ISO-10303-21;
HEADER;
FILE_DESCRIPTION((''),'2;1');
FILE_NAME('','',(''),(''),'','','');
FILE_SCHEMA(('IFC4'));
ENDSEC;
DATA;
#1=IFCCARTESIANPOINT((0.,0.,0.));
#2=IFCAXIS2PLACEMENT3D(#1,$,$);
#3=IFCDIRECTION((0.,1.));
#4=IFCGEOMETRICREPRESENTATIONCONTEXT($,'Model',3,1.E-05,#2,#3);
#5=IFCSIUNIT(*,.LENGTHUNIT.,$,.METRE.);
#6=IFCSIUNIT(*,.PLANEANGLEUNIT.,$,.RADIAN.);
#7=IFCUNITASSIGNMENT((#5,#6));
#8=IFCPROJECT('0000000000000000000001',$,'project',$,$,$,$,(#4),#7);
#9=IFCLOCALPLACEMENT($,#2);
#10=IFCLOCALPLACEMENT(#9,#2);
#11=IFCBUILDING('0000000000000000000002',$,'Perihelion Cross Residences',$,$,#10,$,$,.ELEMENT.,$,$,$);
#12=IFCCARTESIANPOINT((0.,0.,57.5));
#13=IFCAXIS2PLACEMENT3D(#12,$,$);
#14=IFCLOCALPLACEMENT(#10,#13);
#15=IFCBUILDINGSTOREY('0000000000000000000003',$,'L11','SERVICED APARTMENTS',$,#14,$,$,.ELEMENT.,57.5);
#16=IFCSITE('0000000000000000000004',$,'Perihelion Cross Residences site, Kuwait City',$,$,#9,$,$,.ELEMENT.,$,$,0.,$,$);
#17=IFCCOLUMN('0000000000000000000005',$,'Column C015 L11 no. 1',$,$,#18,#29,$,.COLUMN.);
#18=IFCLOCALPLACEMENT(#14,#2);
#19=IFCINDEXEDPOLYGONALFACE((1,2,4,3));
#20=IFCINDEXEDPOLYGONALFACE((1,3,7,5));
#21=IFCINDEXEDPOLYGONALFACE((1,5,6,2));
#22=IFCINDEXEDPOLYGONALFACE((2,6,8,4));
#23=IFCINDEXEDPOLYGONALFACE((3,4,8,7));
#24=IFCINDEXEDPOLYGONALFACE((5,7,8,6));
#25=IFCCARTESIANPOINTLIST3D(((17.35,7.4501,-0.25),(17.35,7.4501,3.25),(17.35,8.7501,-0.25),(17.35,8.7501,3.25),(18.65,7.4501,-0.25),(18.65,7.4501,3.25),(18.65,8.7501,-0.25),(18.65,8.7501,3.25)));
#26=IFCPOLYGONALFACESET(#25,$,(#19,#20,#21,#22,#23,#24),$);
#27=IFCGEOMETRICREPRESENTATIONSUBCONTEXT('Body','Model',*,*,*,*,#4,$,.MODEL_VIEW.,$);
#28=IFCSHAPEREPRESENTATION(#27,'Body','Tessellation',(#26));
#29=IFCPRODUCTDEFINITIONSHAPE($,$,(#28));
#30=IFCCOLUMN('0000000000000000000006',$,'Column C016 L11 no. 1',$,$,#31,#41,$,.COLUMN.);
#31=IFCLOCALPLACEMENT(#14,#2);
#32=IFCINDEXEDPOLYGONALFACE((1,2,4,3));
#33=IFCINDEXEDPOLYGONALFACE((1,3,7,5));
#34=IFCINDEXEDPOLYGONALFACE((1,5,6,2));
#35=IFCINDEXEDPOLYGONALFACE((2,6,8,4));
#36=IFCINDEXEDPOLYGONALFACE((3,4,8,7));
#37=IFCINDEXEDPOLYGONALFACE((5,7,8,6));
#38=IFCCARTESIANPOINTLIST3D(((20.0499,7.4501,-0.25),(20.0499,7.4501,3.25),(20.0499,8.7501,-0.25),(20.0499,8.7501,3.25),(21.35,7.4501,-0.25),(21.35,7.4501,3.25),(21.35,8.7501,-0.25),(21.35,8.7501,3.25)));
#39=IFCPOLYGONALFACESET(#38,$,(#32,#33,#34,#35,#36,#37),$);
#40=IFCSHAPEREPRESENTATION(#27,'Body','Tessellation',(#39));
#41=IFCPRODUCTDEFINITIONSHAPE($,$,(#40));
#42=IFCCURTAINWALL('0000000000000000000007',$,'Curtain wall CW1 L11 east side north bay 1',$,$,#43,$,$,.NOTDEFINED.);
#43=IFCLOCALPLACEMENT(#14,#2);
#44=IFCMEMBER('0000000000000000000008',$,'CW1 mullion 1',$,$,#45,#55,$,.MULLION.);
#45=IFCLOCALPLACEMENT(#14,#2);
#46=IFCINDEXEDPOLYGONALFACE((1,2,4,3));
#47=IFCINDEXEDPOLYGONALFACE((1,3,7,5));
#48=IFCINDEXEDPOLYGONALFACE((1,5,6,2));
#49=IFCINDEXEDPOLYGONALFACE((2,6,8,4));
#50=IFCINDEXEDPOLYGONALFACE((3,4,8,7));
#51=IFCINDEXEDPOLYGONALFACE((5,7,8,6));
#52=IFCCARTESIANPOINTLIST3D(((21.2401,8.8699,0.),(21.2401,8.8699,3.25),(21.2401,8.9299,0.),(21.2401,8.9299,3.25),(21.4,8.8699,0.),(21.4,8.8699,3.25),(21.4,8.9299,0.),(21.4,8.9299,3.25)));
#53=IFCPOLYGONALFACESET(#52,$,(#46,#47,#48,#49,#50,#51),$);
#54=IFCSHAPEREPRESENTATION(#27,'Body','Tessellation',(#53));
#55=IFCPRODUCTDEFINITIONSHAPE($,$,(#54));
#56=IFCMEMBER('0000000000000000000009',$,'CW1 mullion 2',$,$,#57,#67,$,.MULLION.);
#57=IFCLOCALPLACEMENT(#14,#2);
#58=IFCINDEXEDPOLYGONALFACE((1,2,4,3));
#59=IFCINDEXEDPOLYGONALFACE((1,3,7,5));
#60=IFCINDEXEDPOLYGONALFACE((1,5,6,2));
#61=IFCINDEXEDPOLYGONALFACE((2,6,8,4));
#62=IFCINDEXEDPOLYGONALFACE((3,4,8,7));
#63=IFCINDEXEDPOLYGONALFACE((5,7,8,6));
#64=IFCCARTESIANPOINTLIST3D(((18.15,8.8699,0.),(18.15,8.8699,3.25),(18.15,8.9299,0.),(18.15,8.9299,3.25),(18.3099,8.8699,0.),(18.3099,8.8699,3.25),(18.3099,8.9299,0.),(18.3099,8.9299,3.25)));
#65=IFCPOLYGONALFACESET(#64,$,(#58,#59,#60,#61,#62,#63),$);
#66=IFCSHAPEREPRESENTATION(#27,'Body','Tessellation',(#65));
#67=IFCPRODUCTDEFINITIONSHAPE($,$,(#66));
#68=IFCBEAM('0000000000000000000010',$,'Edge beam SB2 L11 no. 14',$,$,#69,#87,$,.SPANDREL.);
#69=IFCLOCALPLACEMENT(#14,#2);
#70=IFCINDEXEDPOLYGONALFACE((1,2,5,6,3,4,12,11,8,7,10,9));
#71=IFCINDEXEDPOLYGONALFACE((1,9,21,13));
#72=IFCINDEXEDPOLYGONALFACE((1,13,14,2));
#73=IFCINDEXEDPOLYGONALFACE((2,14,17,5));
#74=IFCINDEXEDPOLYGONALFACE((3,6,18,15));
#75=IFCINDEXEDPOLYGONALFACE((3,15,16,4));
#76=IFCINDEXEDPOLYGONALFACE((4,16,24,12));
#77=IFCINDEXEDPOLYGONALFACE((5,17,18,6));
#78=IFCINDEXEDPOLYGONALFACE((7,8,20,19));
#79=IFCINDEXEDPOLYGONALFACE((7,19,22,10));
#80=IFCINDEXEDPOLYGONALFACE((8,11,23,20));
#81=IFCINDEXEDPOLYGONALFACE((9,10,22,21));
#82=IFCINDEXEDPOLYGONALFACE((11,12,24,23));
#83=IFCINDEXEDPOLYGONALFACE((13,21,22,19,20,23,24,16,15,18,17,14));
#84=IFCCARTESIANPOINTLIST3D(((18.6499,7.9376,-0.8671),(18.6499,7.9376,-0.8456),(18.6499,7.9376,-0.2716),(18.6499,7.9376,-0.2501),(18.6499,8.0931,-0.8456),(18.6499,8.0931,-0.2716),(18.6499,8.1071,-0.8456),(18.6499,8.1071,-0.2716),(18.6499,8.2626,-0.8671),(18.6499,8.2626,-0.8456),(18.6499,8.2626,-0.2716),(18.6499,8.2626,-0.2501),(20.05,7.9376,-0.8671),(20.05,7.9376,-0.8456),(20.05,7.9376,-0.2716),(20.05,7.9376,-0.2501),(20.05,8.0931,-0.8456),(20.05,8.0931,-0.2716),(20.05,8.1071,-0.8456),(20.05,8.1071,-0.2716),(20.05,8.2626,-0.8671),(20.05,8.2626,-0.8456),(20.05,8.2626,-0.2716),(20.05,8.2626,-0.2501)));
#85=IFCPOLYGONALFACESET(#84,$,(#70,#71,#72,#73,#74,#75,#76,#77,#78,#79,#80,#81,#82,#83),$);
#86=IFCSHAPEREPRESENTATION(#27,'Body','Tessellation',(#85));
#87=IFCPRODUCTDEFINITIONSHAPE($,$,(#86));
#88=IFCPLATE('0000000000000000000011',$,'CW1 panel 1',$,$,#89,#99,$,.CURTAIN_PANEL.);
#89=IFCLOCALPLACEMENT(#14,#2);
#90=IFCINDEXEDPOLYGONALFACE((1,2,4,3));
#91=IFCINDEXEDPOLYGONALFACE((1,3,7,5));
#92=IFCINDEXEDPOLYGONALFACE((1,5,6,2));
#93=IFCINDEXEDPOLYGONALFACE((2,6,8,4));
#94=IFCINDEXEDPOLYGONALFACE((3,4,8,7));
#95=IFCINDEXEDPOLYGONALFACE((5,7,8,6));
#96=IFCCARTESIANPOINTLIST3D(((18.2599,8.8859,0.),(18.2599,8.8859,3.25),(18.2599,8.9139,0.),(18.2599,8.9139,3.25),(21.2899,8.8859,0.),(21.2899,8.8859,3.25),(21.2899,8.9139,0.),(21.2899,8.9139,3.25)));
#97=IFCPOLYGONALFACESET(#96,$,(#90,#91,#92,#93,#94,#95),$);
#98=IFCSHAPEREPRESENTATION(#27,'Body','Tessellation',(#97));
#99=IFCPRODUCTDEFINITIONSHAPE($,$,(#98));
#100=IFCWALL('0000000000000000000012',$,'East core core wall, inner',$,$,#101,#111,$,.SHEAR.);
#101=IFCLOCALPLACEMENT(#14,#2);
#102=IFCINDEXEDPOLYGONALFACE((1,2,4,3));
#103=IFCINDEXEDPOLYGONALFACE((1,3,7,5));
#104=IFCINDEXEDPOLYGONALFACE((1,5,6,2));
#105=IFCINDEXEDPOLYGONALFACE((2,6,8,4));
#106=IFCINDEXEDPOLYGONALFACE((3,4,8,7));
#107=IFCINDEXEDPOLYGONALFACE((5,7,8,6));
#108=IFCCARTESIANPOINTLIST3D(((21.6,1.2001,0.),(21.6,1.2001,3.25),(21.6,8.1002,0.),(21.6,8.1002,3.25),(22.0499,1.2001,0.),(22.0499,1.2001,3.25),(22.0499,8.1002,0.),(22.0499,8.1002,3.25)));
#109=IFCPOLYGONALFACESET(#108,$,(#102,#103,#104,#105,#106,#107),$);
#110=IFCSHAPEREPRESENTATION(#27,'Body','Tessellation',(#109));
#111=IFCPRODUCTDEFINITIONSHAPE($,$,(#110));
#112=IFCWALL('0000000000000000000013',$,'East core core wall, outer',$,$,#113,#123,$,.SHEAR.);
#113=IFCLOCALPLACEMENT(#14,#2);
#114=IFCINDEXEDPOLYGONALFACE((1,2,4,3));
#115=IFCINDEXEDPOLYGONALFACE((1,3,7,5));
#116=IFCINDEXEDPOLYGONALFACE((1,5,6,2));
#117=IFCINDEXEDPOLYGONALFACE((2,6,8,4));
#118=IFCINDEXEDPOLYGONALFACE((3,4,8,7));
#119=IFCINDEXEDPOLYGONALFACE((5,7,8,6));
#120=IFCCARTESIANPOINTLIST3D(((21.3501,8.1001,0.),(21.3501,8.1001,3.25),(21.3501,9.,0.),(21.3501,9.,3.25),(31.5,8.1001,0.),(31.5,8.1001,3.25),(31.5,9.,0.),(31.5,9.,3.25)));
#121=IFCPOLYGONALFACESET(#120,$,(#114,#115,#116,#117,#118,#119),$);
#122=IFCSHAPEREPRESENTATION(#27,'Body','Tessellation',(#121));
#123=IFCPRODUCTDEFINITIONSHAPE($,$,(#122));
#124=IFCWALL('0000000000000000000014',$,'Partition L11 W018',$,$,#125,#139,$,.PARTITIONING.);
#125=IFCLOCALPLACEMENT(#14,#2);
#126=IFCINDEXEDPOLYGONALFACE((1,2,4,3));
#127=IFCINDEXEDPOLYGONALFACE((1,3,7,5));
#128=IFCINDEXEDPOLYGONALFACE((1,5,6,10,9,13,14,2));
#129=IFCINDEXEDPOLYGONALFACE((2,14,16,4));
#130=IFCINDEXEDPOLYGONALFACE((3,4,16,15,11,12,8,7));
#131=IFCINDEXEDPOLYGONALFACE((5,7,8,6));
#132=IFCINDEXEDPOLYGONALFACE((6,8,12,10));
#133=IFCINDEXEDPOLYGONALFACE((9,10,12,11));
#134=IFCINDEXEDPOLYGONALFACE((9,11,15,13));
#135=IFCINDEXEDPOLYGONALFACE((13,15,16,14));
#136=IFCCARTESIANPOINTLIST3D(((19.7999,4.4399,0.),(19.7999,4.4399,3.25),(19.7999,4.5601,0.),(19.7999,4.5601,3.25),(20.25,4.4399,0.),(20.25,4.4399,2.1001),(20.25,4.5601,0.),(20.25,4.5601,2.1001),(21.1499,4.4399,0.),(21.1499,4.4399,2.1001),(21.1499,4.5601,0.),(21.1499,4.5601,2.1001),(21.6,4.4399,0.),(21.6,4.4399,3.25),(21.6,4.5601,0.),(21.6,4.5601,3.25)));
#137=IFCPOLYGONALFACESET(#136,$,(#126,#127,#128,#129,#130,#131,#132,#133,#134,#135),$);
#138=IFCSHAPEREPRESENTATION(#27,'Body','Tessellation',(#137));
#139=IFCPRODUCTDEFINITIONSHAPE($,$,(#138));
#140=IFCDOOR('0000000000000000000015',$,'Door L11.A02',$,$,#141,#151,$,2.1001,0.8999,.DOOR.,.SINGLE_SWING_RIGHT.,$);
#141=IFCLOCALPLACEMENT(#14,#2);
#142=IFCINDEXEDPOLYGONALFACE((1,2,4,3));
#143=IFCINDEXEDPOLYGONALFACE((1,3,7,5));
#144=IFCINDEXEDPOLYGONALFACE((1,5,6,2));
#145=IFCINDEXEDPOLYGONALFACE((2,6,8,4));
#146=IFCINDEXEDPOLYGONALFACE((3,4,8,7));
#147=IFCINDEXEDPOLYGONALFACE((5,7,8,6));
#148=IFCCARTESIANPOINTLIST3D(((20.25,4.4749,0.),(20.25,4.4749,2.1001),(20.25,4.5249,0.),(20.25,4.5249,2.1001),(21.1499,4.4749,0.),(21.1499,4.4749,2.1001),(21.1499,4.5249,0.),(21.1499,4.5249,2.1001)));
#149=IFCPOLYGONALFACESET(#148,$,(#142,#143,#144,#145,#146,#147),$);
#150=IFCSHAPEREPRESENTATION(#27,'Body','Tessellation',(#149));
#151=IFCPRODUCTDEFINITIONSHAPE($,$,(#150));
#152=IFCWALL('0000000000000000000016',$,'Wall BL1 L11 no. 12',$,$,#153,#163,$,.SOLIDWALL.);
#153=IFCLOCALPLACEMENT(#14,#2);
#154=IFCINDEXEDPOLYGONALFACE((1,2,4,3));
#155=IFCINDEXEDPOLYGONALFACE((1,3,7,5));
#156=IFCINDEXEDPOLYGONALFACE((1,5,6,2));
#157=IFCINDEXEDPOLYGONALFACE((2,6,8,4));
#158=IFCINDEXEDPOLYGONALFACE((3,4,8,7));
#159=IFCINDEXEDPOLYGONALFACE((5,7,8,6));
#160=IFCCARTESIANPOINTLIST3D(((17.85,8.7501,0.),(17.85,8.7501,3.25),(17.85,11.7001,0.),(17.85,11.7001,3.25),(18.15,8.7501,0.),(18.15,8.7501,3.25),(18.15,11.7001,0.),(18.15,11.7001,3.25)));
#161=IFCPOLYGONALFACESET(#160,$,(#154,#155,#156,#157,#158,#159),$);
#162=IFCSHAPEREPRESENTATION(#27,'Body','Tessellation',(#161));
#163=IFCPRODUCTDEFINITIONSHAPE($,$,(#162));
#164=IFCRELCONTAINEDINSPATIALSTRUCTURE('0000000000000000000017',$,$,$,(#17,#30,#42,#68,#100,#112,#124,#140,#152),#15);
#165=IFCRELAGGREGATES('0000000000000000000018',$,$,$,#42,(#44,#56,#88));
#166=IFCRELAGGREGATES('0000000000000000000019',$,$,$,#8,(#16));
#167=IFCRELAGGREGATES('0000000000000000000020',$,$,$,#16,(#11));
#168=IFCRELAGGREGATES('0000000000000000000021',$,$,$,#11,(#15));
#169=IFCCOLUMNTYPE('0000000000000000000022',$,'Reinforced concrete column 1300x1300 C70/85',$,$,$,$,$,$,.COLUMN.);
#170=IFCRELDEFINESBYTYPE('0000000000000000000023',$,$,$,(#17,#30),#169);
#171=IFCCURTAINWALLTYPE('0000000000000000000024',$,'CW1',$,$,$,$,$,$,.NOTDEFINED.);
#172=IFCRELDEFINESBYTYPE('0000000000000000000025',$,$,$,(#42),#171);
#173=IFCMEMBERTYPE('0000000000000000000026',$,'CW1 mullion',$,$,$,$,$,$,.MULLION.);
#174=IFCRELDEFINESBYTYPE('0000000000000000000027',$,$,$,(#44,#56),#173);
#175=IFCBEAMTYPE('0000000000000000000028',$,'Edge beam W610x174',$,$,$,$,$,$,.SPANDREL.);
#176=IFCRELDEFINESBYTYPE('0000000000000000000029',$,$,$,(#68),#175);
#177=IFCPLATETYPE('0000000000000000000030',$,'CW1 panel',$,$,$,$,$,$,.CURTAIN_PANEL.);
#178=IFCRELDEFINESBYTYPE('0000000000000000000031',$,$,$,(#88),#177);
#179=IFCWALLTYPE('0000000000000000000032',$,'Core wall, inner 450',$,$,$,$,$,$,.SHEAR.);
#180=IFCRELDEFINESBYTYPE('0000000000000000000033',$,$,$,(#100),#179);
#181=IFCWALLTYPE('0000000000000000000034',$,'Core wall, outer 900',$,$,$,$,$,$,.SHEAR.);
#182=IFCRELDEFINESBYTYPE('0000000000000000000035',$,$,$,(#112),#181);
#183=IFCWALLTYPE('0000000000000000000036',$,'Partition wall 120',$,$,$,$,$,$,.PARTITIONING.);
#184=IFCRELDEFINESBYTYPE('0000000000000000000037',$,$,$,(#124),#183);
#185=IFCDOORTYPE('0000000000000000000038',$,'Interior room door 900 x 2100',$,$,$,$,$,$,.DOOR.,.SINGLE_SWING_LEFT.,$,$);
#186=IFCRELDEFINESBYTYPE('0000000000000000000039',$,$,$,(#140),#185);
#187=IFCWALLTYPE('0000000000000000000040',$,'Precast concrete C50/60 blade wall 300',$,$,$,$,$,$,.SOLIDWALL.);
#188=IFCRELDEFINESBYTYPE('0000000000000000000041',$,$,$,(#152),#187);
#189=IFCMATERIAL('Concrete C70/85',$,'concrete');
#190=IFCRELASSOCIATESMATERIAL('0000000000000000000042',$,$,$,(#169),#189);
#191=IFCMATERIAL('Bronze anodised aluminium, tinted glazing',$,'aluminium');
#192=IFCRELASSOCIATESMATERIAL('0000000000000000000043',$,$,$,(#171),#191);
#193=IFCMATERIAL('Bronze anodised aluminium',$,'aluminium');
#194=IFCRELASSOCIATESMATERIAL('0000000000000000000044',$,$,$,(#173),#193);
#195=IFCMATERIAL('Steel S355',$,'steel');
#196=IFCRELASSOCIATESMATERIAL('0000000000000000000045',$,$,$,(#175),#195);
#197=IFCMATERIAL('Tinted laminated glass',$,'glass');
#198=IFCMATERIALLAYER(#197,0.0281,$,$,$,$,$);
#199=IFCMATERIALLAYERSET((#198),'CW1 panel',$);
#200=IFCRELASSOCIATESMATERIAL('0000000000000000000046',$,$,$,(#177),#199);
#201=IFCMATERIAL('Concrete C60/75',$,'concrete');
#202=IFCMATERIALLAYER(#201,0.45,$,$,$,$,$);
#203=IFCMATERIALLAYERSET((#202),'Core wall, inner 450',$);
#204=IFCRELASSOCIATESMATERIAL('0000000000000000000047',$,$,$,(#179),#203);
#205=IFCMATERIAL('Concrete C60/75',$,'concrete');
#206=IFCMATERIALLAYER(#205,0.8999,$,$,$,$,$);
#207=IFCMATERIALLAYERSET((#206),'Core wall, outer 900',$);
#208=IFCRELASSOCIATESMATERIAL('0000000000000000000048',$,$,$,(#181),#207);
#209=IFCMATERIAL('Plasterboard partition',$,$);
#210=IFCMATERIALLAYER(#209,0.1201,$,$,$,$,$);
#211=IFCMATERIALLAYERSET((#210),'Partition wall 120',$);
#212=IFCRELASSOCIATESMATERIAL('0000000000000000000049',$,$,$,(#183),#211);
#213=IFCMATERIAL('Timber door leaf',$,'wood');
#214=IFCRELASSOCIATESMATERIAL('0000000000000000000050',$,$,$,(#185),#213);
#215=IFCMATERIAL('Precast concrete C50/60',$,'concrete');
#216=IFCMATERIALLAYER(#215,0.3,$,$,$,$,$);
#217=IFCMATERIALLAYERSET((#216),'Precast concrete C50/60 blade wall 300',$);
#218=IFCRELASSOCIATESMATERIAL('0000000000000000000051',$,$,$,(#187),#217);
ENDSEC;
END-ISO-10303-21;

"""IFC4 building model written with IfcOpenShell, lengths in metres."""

from ifc_helpers import new_model, si_unit, direction, frame, frame_2d, origin, origin_2d, place, context, subcontext, project, spatial, rectangle, i_section, extrude, material, layer, layer_set, material_profile, profile_set, type_object, element, fill, aggregate, save


model = new_model("IFC4")

# Units and contexts
model_context = context("Model", 3, precision=1e-05, world=origin(), true_north=direction((0.0, 1.0)))
body_context = subcontext(model_context, "Body", "Model", "MODEL_VIEW")
ifc_project = project(units=[si_unit("LENGTHUNIT", "METRE"), si_unit("PLANEANGLEUNIT", "RADIAN")], contexts=[model_context])

# Site, building, storey
site_placement = place(None, origin())
site = spatial("IfcSite", under=ifc_project, at=site_placement, Name="Perihelion Cross Residences site, Kuwait City", CompositionType="ELEMENT", RefElevation=0.0)
building_placement = place(site_placement, origin())
building = spatial("IfcBuilding", under=site, at=building_placement, Name="Perihelion Cross Residences", CompositionType="ELEMENT")
storey_placement = place(building_placement, frame((0.0, 0.0, 57.5)))
storey = spatial("IfcBuildingStorey", under=building, at=storey_placement, Name="L11", Description="SERVICED APARTMENTS", CompositionType="ELEMENT", Elevation=57.5)

# Columns
ifc_material_1 = material(Name="Concrete C70/85", Category="concrete")
ifc_material_profile_1 = material_profile(ifc_material_1, rectangle(XDim=1.3, YDim=1.3, at=origin_2d()), Name="RC 1300x1300")
ifc_profile_set_1 = profile_set([ifc_material_profile_1], Name="Concrete C70/85")
column_type = type_object("IfcColumnType", Name="Reinforced concrete column 1300x1300 C70/85", PredefinedType="COLUMN", material=ifc_profile_set_1)
for number, where, z_axis, x_axis, name in (
    (1, (18.0, 8.1001, -0.25), (0.0, 0.0, 1.0), (1.0, 0.0, 0.0), "Column C015 L11 no. 1"),
    (2, (20.7, 8.1001, -0.25), (0.0, 0.0, 1.0), (1.0, 0.0, 0.0), "Column C016 L11 no. 1"),
):
    element("IfcColumn", number, at=place(storey_placement, frame(where, z_axis=z_axis, x_axis=x_axis)), inside=storey, type_object=column_type, Name=name, PredefinedType="COLUMN", context=body_context, shape_type="SweptSolid", body=[
        extrude(rectangle(XDim=1.3, YDim=1.3, at=origin_2d()), origin(), (0.0, 0.0, 1.0), 3.5),
    ])

# Curtain wall, members
ifc_material_2 = material(Name="Bronze anodised aluminium, tinted glazing", Category="aluminium")
curtain_wall_type = type_object("IfcCurtainWallType", Name="CW1", PredefinedType="NOTDEFINED", material=ifc_material_2)
curtain_wall_placement = place(storey_placement, origin())
curtain_wall = element("IfcCurtainWall", 3, at=curtain_wall_placement, inside=storey, type_object=curtain_wall_type, Name="Curtain wall CW1 L11 east side north bay 1", PredefinedType="NOTDEFINED")
ifc_material_3 = material(Name="Bronze anodised aluminium", Category="aluminium")
ifc_material_profile_2 = material_profile(ifc_material_3, rectangle(XDim=0.0601, YDim=0.1599, at=origin_2d()), Name="CW1 mullion")
ifc_profile_set_2 = profile_set([ifc_material_profile_2], Name="Bronze anodised aluminium")
member_type = type_object("IfcMemberType", Name="CW1 mullion", PredefinedType="MULLION", material=ifc_profile_set_2)
member_1_placement = place(storey_placement, frame((21.3201, 8.8999, 0.0), z_axis=(0.0, 0.0, 1.0), x_axis=(0.0, -1.0, 0.0)))
member_1 = element("IfcMember", 4, at=member_1_placement, type_object=member_type, Name="CW1 mullion 1", PredefinedType="MULLION", context=body_context, shape_type="SweptSolid", body=[
    extrude(rectangle(XDim=0.0601, YDim=0.1599, at=origin_2d()), origin(), (0.0, 0.0, 1.0), 3.25),
])
member_2_placement = place(storey_placement, frame((18.23, 8.8999, 0.0), z_axis=(0.0, 0.0, 1.0), x_axis=(0.0, -1.0, 0.0)))
member_2 = element("IfcMember", 5, at=member_2_placement, type_object=member_type, Name="CW1 mullion 2", PredefinedType="MULLION", context=body_context, shape_type="SweptSolid", body=[
    extrude(rectangle(XDim=0.0601, YDim=0.1599, at=origin_2d()), origin(), (0.0, 0.0, 1.0), 3.25),
])

# Beam
ifc_material_4 = material(Name="Steel S355", Category="steel")
ifc_material_profile_3 = material_profile(ifc_material_4, i_section(OverallWidth=0.325, OverallDepth=0.6169, WebThickness=0.0139, FlangeThickness=0.0215, at=origin_2d()), Name="W610x174")
ifc_profile_set_3 = profile_set([ifc_material_profile_3], Name="Steel S355")
beam_type = type_object("IfcBeamType", Name="Edge beam W610x174", PredefinedType="SPANDREL", material=ifc_profile_set_3)
beam_placement = place(storey_placement, frame((20.05, 8.1001, -0.5586), z_axis=(-1.0, 0.0, 0.0), x_axis=(0.0, -1.0, 0.0)))
element("IfcBeam", 6, at=beam_placement, inside=storey, type_object=beam_type, Name="Edge beam SB2 L11 no. 14", PredefinedType="SPANDREL", context=body_context, shape_type="SweptSolid", body=[
    extrude(i_section(OverallWidth=0.325, OverallDepth=0.6169, WebThickness=0.0139, FlangeThickness=0.0215, at=origin_2d()), origin(), (0.0, 0.0, 1.0), 1.4001),
])

# Plate
ifc_material_5 = material(Name="Tinted laminated glass", Category="glass")
ifc_layer_1 = layer(ifc_material_5, 0.0281)
ifc_layer_set_1 = layer_set([ifc_layer_1], Name="CW1 panel")
plate_type = type_object("IfcPlateType", Name="CW1 panel", PredefinedType="CURTAIN_PANEL", material=ifc_layer_set_1)
plate_placement = place(storey_placement, frame((19.7749, 8.8999, 0.0), z_axis=(0.0, 0.0, 1.0), x_axis=(-1.0, 0.0, 0.0)))
plate = element("IfcPlate", 7, at=plate_placement, type_object=plate_type, Name="CW1 panel 1", PredefinedType="CURTAIN_PANEL", context=body_context, shape_type="SweptSolid", body=[
    extrude(rectangle(XDim=3.03, YDim=0.0281, at=origin_2d()), origin(), (0.0, 0.0, 1.0), 3.25),
])
aggregate(curtain_wall, [member_1, member_2, plate])

# Walls
ifc_material_6 = material(Name="Concrete C60/75", Category="concrete")
ifc_layer_2 = layer(ifc_material_6, 0.45)
ifc_layer_set_2 = layer_set([ifc_layer_2], Name="Core wall, inner 450")
wall_type_1 = type_object("IfcWallType", Name="Core wall, inner 450", PredefinedType="SHEAR", material=ifc_layer_set_2)
wall_1_placement = place(storey_placement, frame((21.825, 1.2, 0.0), z_axis=(0.0, 0.0, 1.0), x_axis=(0.0, 1.0, 0.0)))
element("IfcWall", 8, at=wall_1_placement, inside=storey, type_object=wall_type_1, Name="East core core wall, inner", PredefinedType="SHEAR", context=body_context, shape_type="SweptSolid", body=[
    extrude(rectangle(XDim=6.9001, YDim=0.45, at=frame_2d((3.4502, 0.0))), origin(), (0.0, 0.0, 1.0), 3.25),
])
ifc_material_7 = material(Name="Concrete C60/75", Category="concrete")
ifc_layer_3 = layer(ifc_material_7, 0.8999)
ifc_layer_set_3 = layer_set([ifc_layer_3], Name="Core wall, outer 900")
wall_type_2 = type_object("IfcWallType", Name="Core wall, outer 900", PredefinedType="SHEAR", material=ifc_layer_set_3)
wall_2_placement = place(storey_placement, frame((21.3501, 8.55, 0.0), z_axis=(0.0, 0.0, 1.0), x_axis=(1.0, 0.0, 0.0)))
element("IfcWall", 9, at=wall_2_placement, inside=storey, type_object=wall_type_2, Name="East core core wall, outer", PredefinedType="SHEAR", context=body_context, shape_type="SweptSolid", body=[
    extrude(rectangle(XDim=10.1499, YDim=0.8999, at=frame_2d((5.075, 0.0))), origin(), (0.0, 0.0, 1.0), 3.25),
])

# Wall, opening, door
ifc_material_8 = material(Name="Plasterboard partition")
ifc_layer_4 = layer(ifc_material_8, 0.1201)
ifc_layer_set_4 = layer_set([ifc_layer_4], Name="Partition wall 120")
wall_type_3 = type_object("IfcWallType", Name="Partition wall 120", PredefinedType="PARTITIONING", material=ifc_layer_set_4)
wall_3_placement = place(storey_placement, frame((19.8, 4.5, 0.0), z_axis=(0.0, 0.0, 1.0), x_axis=(1.0, 0.0, 0.0)))
wall_3 = element("IfcWall", 10, at=wall_3_placement, inside=storey, type_object=wall_type_3, Name="Partition L11 W018", PredefinedType="PARTITIONING", context=body_context, shape_type="SweptSolid", body=[
    extrude(rectangle(XDim=1.8, YDim=0.1201, at=frame_2d((0.8999, 0.0))), origin(), (0.0, 0.0, 1.0), 3.25),
])
opening_1_placement = place(wall_3_placement, frame((0.45, 0.0, 0.0)))
opening_1 = element("IfcOpeningElement", 11, at=opening_1_placement, cuts=wall_3, PredefinedType="OPENING", context=body_context, shape_type="SweptSolid", body=[
    extrude(rectangle(XDim=0.8999, YDim=2.1001, at=frame_2d((0.45, 1.05))), frame((0.0, 0.0701, 0.0), z_axis=(0.0, -1.0, 0.0), x_axis=(1.0, 0.0, 0.0)), (0.0, 0.0, 1.0), 0.1401),
])
ifc_material_9 = material(Name="Timber door leaf", Category="wood")
door_type_1 = type_object("IfcDoorType", Name="Interior room door 900 x 2100", OperationType="SINGLE_SWING_LEFT", PredefinedType="DOOR", material=ifc_material_9)
door_1_placement = place(opening_1_placement, origin())
door_1 = element("IfcDoor", 12, at=door_1_placement, inside=storey, type_object=door_type_1, Name="Door L11.A02", OperationType="SINGLE_SWING_RIGHT", OverallHeight=2.1001, OverallWidth=0.8999, PredefinedType="DOOR", context=body_context, shape_type="SweptSolid", body=[
    extrude(rectangle(XDim=0.8999, YDim=2.1001, at=frame_2d((0.45, 1.05))), frame((0.0, 0.0249, 0.0), z_axis=(0.0, -1.0, 0.0), x_axis=(1.0, 0.0, 0.0)), (0.0, 0.0, 1.0), 0.05),
])
fill(opening_1, door_1)

# Wall
ifc_material_10 = material(Name="Precast concrete C50/60", Category="concrete")
ifc_layer_5 = layer(ifc_material_10, 0.3)
ifc_layer_set_5 = layer_set([ifc_layer_5], Name="Precast concrete C50/60 blade wall 300")
wall_type_4 = type_object("IfcWallType", Name="Precast concrete C50/60 blade wall 300", PredefinedType="SOLIDWALL", material=ifc_layer_set_5)
wall_4_placement = place(storey_placement, frame((18.0, 8.75, 0.0), z_axis=(0.0, 0.0, 1.0), x_axis=(0.0, 1.0, 0.0)))
element("IfcWall", 13, at=wall_4_placement, inside=storey, type_object=wall_type_4, Name="Wall BL1 L11 no. 12", PredefinedType="SOLIDWALL", context=body_context, shape_type="SweptSolid", body=[
    extrude(rectangle(XDim=2.95, YDim=0.3, at=frame_2d((1.4751, 0.0))), origin(), (0.0, 0.0, 1.0), 3.25),
])

save(model, "model.ifc")
